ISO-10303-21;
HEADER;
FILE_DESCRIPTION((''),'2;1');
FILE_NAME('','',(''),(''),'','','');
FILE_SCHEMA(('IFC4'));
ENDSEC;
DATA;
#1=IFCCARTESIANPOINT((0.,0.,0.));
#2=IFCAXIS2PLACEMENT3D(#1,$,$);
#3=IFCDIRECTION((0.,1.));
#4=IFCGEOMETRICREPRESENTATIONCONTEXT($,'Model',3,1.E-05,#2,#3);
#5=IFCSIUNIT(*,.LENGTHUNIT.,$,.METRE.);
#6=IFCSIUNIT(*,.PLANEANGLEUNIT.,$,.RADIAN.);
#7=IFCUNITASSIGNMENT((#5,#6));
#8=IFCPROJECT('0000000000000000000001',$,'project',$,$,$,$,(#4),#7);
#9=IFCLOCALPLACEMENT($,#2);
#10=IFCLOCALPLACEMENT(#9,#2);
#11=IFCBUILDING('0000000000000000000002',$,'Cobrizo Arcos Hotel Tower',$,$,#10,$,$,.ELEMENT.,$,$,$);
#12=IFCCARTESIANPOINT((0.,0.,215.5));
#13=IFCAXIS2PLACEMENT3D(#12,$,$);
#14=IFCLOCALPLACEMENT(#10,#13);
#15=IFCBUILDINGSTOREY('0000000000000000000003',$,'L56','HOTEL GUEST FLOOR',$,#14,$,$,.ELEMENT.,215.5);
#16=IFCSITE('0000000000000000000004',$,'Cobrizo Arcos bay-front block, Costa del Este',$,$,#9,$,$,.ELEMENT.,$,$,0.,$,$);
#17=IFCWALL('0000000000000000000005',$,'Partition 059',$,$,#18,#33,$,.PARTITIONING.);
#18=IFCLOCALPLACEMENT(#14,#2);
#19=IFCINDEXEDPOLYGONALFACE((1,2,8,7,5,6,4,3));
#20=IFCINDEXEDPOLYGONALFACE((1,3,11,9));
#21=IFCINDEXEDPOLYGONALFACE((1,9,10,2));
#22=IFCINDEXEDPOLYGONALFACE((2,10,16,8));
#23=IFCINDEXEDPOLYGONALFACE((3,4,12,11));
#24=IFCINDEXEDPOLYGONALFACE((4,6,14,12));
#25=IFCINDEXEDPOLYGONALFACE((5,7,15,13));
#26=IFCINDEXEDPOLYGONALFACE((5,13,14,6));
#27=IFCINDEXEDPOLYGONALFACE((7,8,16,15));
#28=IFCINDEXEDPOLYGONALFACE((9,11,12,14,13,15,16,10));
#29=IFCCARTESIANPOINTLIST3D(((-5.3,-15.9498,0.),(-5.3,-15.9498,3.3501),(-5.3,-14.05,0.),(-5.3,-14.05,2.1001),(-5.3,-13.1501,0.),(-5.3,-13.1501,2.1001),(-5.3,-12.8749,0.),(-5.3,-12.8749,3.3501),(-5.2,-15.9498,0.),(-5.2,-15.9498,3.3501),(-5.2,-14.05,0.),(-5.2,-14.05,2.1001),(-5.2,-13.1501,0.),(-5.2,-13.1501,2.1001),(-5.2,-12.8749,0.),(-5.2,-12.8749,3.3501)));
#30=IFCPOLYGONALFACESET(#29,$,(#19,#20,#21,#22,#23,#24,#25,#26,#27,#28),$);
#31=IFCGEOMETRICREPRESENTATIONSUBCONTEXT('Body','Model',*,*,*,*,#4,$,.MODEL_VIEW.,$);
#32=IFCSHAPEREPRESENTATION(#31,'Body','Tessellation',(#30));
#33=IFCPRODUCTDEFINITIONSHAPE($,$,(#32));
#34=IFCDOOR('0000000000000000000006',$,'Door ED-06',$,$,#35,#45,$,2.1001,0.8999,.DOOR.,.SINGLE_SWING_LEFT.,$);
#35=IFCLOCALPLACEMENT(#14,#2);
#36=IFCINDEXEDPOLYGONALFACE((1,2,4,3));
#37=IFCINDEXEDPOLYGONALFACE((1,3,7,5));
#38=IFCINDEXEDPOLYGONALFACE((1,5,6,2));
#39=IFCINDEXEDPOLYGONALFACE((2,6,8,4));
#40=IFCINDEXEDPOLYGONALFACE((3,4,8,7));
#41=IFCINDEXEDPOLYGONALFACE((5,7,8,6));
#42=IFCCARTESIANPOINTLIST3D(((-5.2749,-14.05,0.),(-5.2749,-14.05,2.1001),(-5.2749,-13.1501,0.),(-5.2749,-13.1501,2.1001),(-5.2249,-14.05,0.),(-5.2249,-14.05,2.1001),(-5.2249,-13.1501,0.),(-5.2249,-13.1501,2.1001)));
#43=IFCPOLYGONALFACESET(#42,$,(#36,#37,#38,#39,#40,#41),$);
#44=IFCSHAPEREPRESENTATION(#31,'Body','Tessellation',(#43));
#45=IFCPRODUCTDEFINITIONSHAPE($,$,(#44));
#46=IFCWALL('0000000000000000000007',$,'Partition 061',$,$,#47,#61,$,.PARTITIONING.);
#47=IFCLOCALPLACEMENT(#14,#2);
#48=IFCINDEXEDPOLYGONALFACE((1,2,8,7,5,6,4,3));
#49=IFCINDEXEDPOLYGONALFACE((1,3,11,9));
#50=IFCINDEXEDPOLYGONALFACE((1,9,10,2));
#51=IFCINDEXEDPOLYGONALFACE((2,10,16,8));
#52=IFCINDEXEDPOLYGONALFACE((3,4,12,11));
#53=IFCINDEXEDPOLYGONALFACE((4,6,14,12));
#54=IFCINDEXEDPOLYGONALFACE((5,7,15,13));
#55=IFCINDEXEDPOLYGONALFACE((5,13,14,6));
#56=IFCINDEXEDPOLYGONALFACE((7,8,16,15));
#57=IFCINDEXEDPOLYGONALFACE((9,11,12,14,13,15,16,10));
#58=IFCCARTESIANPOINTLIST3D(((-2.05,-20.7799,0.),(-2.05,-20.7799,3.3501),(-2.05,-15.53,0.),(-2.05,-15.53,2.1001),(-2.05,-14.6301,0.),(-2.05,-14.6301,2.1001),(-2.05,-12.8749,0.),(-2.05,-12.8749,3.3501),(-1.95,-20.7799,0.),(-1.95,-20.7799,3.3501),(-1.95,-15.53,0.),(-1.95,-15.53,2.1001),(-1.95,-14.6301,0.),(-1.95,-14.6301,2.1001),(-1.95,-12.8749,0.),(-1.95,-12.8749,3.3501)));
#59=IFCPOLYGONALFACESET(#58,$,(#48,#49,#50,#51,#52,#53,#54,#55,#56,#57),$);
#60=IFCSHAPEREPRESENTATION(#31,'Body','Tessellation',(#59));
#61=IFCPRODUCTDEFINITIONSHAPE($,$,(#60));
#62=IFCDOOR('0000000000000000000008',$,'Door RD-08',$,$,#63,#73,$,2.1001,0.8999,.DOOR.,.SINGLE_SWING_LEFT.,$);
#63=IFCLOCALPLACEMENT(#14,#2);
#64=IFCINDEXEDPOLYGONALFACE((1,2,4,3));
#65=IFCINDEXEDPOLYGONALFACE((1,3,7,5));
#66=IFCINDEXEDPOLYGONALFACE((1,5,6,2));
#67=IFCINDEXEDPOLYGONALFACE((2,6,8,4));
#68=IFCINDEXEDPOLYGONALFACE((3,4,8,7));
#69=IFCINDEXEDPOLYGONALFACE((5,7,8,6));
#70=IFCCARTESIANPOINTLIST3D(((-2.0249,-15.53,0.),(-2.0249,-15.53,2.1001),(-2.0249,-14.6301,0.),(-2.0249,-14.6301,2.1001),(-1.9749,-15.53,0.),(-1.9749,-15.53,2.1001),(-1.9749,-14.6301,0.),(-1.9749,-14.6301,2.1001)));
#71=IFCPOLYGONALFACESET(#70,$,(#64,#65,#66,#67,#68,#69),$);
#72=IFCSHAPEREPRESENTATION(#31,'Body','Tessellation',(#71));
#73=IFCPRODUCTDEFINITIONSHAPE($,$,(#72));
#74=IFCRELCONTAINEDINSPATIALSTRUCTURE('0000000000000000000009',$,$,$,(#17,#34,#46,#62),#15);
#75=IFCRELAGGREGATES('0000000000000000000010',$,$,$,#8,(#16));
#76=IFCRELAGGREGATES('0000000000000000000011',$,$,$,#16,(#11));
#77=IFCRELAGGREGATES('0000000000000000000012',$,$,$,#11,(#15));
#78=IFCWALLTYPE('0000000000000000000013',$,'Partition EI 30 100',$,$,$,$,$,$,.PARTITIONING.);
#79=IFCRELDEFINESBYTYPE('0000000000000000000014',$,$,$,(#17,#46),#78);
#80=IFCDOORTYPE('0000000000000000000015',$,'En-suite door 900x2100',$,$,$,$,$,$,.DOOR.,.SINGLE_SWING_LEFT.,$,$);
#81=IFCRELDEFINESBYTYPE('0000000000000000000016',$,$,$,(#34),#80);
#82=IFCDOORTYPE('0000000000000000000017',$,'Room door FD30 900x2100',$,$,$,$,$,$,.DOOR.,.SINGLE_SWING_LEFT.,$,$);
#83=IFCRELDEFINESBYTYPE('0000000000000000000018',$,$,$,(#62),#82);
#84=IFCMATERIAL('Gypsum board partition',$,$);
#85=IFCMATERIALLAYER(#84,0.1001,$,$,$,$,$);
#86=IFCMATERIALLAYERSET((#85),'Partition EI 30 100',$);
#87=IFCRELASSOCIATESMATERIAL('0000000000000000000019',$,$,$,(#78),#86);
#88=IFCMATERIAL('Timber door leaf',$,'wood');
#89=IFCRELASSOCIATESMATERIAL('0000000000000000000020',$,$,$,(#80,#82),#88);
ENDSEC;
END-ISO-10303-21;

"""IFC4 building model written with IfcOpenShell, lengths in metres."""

from ifc_helpers import new_model, si_unit, direction, frame, frame_2d, origin, place, context, subcontext, project, spatial, rectangle, extrude, material, layer, layer_set, type_object, element, fill, save


model = new_model("IFC4")

# Units and contexts
model_context = context("Model", 3, precision=1e-05, world=origin(), true_north=direction((0.0, 1.0)))
body_context = subcontext(model_context, "Body", "Model", "MODEL_VIEW")
ifc_project = project(units=[si_unit("LENGTHUNIT", "METRE"), si_unit("PLANEANGLEUNIT", "RADIAN")], contexts=[model_context])

# Site, building, storey
site_placement = place(None, origin())
site = spatial("IfcSite", under=ifc_project, at=site_placement, Name="Cobrizo Arcos bay-front block, Costa del Este", CompositionType="ELEMENT", RefElevation=0.0)
building_placement = place(site_placement, origin())
building = spatial("IfcBuilding", under=site, at=building_placement, Name="Cobrizo Arcos Hotel Tower", CompositionType="ELEMENT")
storey_placement = place(building_placement, frame((0.0, 0.0, 215.5)))
storey = spatial("IfcBuildingStorey", under=building, at=storey_placement, Name="L56", Description="HOTEL GUEST FLOOR", CompositionType="ELEMENT", Elevation=215.5)

# Shared definitions
ifc_material_1 = material(Name="Gypsum board partition")
ifc_layer_1 = layer(ifc_material_1, 0.1001)
ifc_layer_set_1 = layer_set([ifc_layer_1], Name="Partition EI 30 100")
wall_type = type_object("IfcWallType", Name="Partition EI 30 100", PredefinedType="PARTITIONING", material=ifc_layer_set_1)

# Walls, openings, doors
wall_1_placement = place(storey_placement, frame((-5.25, -15.95, 0.0), z_axis=(0.0, 0.0, 1.0), x_axis=(0.0, 1.0, 0.0)))
wall_1 = element("IfcWall", 1, at=wall_1_placement, inside=storey, type_object=wall_type, Name="Partition 059", PredefinedType="PARTITIONING", context=body_context, shape_type="SweptSolid", body=[
    extrude(rectangle(XDim=3.075, YDim=0.1001, at=frame_2d((1.5376, 0.0))), origin(), (0.0, 0.0, 1.0), 3.3501),
])
opening_1_placement = place(wall_1_placement, frame((1.8999, 0.0, 0.0)))
opening_1 = element("IfcOpeningElement", 2, at=opening_1_placement, cuts=wall_1, PredefinedType="OPENING", context=body_context, shape_type="SweptSolid", body=[
    extrude(rectangle(XDim=0.8999, YDim=2.1001, at=frame_2d((0.45, 1.05))), frame((0.0, 0.062, 0.0), z_axis=(0.0, -1.0, 0.0), x_axis=(1.0, 0.0, 0.0)), (0.0, 0.0, 1.0), 0.124),
])
ifc_material_2 = material(Name="Timber door leaf", Category="wood")
door_type_1 = type_object("IfcDoorType", Name="En-suite door 900x2100", OperationType="SINGLE_SWING_LEFT", PredefinedType="DOOR", material=ifc_material_2)
door_1_placement = place(opening_1_placement, origin())
door_1 = element("IfcDoor", 3, at=door_1_placement, inside=storey, type_object=door_type_1, Name="Door ED-06", OperationType="SINGLE_SWING_LEFT", OverallHeight=2.1001, OverallWidth=0.8999, PredefinedType="DOOR", context=body_context, shape_type="SweptSolid", body=[
    extrude(rectangle(XDim=0.8999, YDim=2.1001, at=frame_2d((0.45, 1.05))), frame((0.0, 0.0249, 0.0), z_axis=(0.0, -1.0, 0.0), x_axis=(1.0, 0.0, 0.0)), (0.0, 0.0, 1.0), 0.05),
])
fill(opening_1, door_1)
wall_2_placement = place(storey_placement, frame((-2.0, -20.78, 0.0), z_axis=(0.0, 0.0, 1.0), x_axis=(0.0, 1.0, 0.0)))
wall_2 = element("IfcWall", 4, at=wall_2_placement, inside=storey, type_object=wall_type, Name="Partition 061", PredefinedType="PARTITIONING", context=body_context, shape_type="SweptSolid", body=[
    extrude(rectangle(XDim=7.905, YDim=0.1001, at=frame_2d((3.9526, 0.0))), origin(), (0.0, 0.0, 1.0), 3.3501),
])
opening_2_placement = place(wall_2_placement, frame((5.25, 0.0, 0.0)))
opening_2 = element("IfcOpeningElement", 5, at=opening_2_placement, cuts=wall_2, PredefinedType="OPENING", context=body_context, shape_type="SweptSolid", body=[
    extrude(rectangle(XDim=0.8999, YDim=2.1001, at=frame_2d((0.45, 1.05))), frame((0.0, 0.062, 0.0), z_axis=(0.0, -1.0, 0.0), x_axis=(1.0, 0.0, 0.0)), (0.0, 0.0, 1.0), 0.124),
])
door_type_2 = type_object("IfcDoorType", Name="Room door FD30 900x2100", OperationType="SINGLE_SWING_LEFT", PredefinedType="DOOR", material=ifc_material_2)
door_2_placement = place(opening_2_placement, origin())
door_2 = element("IfcDoor", 6, at=door_2_placement, inside=storey, type_object=door_type_2, Name="Door RD-08", OperationType="SINGLE_SWING_LEFT", OverallHeight=2.1001, OverallWidth=0.8999, PredefinedType="DOOR", context=body_context, shape_type="SweptSolid", body=[
    extrude(rectangle(XDim=0.8999, YDim=2.1001, at=frame_2d((0.45, 1.05))), frame((0.0, 0.0249, 0.0), z_axis=(0.0, -1.0, 0.0), x_axis=(1.0, 0.0, 0.0)), (0.0, 0.0, 1.0), 0.05),
])
fill(opening_2, door_2)

save(model, "model.ifc")
